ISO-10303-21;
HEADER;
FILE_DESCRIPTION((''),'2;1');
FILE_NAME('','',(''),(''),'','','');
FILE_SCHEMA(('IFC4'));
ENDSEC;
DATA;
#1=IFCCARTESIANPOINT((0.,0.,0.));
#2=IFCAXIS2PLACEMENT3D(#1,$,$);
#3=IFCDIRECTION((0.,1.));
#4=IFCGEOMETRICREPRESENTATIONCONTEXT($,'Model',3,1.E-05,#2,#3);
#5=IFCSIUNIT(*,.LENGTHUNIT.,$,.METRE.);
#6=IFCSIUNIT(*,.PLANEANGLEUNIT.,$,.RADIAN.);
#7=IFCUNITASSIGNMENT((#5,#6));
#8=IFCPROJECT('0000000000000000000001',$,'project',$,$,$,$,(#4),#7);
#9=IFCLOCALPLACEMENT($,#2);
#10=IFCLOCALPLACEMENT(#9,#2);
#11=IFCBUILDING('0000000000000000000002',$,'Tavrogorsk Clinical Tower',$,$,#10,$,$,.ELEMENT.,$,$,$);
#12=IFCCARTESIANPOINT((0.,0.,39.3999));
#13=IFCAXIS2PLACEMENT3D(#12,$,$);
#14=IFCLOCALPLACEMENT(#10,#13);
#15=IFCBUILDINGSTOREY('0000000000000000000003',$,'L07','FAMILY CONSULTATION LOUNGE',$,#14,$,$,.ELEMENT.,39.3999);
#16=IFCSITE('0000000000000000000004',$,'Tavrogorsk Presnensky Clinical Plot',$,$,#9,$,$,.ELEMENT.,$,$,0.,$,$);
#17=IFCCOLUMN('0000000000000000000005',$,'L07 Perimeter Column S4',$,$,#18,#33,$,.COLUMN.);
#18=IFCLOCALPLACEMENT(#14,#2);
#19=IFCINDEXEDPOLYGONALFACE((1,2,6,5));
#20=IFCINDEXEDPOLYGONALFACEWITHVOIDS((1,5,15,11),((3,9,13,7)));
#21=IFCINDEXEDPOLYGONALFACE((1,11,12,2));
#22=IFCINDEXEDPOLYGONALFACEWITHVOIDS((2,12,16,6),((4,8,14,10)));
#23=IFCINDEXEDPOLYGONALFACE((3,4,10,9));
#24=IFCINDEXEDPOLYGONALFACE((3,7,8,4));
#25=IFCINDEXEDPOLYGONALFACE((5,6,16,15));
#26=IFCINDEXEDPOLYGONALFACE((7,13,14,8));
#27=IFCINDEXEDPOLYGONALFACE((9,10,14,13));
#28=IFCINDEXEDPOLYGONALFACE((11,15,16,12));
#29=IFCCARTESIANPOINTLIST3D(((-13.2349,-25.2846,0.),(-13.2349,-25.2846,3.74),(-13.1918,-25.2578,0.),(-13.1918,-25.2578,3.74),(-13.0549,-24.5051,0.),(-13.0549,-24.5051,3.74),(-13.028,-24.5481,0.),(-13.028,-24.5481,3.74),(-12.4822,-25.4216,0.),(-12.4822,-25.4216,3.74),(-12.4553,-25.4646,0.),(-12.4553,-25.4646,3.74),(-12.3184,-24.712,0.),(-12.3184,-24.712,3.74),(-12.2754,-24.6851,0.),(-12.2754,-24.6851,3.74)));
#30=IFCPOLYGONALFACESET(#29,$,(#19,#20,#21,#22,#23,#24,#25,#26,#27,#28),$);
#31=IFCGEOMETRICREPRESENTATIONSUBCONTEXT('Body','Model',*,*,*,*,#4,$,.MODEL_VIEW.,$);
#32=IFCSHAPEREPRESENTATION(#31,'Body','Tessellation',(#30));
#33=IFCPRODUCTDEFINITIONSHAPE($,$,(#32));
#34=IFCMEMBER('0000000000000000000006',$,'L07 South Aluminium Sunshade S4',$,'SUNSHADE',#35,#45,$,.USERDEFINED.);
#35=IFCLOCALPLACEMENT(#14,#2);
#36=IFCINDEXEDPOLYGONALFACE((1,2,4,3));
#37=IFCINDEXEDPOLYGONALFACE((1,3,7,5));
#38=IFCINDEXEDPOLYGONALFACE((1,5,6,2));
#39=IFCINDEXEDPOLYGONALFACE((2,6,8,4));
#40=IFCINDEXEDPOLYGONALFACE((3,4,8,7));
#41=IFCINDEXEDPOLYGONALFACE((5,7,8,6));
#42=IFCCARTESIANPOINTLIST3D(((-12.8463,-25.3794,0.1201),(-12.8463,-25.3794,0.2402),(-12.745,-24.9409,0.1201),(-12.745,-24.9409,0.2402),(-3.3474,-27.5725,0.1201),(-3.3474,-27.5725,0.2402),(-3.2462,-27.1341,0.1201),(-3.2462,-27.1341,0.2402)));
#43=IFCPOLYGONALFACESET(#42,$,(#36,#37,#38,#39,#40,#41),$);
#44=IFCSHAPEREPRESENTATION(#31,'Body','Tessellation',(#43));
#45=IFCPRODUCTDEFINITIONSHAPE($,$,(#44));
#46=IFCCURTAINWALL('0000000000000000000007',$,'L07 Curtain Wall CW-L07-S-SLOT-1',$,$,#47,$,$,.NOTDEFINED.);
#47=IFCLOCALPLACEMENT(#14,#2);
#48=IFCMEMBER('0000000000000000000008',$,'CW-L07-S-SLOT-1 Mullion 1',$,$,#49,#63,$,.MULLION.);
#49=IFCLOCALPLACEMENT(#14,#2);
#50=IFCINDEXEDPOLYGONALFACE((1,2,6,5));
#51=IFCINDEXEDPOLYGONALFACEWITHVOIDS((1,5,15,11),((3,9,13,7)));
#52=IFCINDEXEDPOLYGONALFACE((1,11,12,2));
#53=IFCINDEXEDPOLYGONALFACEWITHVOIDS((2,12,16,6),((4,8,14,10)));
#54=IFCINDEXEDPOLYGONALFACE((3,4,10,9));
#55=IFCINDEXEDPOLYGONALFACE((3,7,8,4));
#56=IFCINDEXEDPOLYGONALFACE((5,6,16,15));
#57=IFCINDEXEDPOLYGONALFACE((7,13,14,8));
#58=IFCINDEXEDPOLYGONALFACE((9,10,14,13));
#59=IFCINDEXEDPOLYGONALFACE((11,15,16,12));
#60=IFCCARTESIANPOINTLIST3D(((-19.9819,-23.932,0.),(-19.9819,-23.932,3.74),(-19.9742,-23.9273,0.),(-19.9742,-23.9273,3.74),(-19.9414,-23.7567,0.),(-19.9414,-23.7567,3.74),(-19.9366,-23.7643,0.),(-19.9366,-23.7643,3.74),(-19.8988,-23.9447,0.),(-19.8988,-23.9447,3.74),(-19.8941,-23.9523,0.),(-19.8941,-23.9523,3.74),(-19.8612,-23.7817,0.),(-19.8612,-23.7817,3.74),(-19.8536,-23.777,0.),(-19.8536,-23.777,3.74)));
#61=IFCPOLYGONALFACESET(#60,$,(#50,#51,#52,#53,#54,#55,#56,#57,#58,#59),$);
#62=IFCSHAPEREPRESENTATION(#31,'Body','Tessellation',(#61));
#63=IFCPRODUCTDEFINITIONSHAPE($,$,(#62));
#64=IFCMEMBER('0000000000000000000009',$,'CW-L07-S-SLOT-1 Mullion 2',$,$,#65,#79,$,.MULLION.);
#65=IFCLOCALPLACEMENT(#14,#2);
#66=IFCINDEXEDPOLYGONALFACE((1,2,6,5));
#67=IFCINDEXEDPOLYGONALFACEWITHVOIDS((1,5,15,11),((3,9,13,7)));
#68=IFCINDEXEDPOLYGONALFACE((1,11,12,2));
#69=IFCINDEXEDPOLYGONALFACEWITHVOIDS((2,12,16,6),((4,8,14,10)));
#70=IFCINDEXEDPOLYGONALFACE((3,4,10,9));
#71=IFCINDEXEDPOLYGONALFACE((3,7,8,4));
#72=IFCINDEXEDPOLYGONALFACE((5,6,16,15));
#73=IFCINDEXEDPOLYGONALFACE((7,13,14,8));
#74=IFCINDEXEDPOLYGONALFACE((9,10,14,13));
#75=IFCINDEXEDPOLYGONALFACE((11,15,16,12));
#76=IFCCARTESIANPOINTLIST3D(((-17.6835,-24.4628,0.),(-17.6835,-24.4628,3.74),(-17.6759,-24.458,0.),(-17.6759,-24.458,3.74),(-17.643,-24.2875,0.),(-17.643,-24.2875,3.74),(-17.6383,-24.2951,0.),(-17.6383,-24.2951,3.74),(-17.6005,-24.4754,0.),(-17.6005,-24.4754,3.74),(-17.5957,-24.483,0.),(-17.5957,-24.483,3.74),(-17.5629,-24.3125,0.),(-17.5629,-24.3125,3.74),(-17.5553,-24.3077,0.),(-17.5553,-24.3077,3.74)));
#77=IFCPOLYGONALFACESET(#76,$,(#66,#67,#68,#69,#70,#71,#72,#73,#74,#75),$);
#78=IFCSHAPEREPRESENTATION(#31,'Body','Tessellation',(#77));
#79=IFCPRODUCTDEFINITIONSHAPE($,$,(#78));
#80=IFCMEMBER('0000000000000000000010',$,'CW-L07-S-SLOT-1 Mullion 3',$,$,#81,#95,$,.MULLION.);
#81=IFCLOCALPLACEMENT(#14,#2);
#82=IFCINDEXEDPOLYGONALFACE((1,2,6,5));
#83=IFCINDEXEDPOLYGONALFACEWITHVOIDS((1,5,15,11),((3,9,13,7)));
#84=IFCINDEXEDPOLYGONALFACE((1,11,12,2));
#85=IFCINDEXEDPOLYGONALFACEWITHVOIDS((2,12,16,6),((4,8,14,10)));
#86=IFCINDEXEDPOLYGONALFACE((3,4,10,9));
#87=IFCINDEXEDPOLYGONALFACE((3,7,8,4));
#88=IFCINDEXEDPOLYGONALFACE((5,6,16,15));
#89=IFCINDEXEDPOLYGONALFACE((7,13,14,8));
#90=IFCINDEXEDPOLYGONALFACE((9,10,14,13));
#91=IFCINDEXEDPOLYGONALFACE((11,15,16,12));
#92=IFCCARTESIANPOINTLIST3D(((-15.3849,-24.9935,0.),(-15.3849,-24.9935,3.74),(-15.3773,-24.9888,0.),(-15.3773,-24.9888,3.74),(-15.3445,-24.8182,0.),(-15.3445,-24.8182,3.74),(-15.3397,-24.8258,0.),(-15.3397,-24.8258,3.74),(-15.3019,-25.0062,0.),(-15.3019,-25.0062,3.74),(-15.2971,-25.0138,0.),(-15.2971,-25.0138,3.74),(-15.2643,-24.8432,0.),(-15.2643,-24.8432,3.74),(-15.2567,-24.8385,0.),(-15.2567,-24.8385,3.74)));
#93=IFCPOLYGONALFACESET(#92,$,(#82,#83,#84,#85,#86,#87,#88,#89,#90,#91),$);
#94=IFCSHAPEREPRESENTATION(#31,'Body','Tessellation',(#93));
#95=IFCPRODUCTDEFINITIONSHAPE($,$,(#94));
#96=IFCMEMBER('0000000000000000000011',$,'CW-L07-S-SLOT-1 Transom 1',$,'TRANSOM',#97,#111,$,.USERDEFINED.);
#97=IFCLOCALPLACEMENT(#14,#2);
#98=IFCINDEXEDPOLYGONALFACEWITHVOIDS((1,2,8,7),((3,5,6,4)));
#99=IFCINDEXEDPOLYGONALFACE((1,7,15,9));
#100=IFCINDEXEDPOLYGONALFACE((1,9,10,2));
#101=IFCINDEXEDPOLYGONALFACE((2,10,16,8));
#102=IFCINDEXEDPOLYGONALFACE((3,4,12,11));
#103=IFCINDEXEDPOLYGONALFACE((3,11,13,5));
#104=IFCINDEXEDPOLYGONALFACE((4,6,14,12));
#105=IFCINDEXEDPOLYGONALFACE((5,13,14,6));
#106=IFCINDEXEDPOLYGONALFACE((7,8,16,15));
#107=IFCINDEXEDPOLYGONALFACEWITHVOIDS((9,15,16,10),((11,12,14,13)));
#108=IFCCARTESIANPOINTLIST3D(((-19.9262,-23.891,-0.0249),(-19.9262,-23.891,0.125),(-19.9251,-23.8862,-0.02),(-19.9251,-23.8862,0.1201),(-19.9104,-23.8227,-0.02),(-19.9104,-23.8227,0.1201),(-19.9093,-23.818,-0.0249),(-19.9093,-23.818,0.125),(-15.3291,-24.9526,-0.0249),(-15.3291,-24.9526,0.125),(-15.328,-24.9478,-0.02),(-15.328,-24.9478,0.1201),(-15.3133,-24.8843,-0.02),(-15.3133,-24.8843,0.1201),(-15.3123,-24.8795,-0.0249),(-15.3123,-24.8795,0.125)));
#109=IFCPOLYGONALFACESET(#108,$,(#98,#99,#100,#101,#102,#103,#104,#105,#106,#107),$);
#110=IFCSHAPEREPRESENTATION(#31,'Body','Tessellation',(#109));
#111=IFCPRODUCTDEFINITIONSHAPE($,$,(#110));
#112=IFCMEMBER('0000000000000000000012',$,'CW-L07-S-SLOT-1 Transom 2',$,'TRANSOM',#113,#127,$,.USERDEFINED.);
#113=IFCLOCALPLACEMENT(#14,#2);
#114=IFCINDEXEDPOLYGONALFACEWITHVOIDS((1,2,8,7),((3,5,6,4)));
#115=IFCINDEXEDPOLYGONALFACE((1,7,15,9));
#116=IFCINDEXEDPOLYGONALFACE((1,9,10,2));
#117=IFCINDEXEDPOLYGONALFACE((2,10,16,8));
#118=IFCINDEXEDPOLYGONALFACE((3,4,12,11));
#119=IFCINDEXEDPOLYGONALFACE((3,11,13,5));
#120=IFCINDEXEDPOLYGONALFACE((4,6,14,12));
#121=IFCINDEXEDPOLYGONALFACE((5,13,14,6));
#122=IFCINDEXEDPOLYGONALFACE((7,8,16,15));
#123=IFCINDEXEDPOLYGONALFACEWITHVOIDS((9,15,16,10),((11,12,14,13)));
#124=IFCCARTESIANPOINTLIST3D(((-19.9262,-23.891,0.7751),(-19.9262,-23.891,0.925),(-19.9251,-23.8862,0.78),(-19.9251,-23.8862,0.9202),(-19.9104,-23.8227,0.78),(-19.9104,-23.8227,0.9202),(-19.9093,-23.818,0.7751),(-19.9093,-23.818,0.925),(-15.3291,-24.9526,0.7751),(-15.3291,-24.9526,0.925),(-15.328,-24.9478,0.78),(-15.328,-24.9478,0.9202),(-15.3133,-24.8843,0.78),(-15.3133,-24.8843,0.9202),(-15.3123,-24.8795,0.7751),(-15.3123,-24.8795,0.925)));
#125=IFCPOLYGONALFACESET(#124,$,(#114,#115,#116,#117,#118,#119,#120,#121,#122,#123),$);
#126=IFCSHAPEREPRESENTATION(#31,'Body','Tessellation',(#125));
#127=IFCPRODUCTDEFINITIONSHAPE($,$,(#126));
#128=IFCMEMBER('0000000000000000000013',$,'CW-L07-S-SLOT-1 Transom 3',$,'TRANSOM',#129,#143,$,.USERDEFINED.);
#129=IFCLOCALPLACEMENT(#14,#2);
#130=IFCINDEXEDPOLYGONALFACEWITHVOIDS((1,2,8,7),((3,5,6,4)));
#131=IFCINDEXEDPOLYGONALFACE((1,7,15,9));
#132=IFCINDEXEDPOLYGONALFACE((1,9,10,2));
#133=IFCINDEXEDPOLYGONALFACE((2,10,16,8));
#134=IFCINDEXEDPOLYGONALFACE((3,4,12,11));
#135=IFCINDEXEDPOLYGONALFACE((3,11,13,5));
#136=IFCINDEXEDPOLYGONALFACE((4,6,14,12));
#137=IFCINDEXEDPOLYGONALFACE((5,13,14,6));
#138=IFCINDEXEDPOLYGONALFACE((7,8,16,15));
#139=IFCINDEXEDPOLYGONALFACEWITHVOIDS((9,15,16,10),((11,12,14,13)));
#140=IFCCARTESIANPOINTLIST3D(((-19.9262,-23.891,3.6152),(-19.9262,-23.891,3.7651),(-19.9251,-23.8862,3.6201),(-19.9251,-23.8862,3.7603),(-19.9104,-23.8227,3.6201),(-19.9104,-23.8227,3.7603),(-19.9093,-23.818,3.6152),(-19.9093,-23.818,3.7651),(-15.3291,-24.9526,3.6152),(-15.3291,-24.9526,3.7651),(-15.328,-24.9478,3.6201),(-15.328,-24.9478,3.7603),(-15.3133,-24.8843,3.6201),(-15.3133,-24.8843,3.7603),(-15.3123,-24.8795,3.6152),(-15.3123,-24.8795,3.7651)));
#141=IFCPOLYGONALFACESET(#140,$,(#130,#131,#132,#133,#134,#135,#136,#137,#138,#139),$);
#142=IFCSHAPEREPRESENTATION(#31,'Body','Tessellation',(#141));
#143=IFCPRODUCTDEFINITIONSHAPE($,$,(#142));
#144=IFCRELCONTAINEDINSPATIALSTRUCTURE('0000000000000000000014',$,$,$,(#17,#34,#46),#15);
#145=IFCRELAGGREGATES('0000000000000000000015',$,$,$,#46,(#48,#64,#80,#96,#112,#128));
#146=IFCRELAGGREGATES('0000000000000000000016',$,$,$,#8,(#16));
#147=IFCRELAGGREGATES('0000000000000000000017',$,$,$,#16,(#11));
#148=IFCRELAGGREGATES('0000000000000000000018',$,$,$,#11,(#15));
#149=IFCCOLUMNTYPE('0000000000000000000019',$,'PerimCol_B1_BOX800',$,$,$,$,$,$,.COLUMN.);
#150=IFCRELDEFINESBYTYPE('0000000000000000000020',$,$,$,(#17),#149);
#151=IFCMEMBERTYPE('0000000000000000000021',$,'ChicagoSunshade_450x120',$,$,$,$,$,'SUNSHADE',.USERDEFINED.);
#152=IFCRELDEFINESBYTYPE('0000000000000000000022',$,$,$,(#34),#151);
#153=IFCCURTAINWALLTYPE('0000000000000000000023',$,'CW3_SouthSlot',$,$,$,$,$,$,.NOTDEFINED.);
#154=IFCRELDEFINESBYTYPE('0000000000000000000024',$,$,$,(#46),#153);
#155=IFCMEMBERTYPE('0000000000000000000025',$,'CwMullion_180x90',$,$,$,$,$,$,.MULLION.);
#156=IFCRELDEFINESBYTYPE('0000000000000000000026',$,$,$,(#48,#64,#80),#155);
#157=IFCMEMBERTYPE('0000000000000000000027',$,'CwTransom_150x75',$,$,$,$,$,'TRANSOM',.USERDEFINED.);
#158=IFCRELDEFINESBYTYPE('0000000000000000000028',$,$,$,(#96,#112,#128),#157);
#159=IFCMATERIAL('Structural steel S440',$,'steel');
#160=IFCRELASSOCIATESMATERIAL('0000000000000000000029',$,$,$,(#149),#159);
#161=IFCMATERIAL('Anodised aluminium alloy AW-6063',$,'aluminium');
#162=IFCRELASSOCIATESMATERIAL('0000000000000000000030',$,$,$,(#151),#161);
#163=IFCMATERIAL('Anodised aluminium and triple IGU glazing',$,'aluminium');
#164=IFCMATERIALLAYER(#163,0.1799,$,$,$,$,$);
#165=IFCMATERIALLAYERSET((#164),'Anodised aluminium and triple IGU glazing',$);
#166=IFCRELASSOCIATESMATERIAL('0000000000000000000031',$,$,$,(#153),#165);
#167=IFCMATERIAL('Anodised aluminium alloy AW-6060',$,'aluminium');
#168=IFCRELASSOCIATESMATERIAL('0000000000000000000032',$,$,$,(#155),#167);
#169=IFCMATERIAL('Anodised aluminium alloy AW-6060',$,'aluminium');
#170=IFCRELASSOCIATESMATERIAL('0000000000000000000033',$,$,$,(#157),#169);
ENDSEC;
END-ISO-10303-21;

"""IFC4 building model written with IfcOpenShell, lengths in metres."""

from ifc_helpers import new_model, si_unit, direction, frame, origin, origin_2d, place, context, subcontext, project, spatial, rectangle, hollow_rectangle, extrude, material, layer, layer_set, material_profile, profile_set, type_object, element, aggregate, save


model = new_model("IFC4")

# Units and contexts
model_context = context("Model", 3, precision=1e-05, world=origin(), true_north=direction((0.0, 1.0)))
body_context = subcontext(model_context, "Body", "Model", "MODEL_VIEW")
ifc_project = project(units=[si_unit("LENGTHUNIT", "METRE"), si_unit("PLANEANGLEUNIT", "RADIAN")], contexts=[model_context])

# Site, building, storey
site_placement = place(None, origin())
site = spatial("IfcSite", under=ifc_project, at=site_placement, Name="Tavrogorsk Presnensky Clinical Plot", CompositionType="ELEMENT", RefElevation=0.0)
building_placement = place(site_placement, origin())
building = spatial("IfcBuilding", under=site, at=building_placement, Name="Tavrogorsk Clinical Tower", CompositionType="ELEMENT")
storey_placement = place(building_placement, frame((0.0, 0.0, 39.3999)))
storey = spatial("IfcBuildingStorey", under=building, at=storey_placement, Name="L07", Description="FAMILY CONSULTATION LOUNGE", CompositionType="ELEMENT", Elevation=39.3999)

# Column
ifc_material_1 = material(Name="Structural steel S440", Category="steel")
ifc_material_profile_1 = material_profile(ifc_material_1, hollow_rectangle(XDim=0.8, YDim=0.8, WallThickness=0.0359, at=origin_2d()), Name="BOX-800x800x36")
ifc_profile_set_1 = profile_set([ifc_material_profile_1], Name="Structural steel S440")
column_type = type_object("IfcColumnType", Name="PerimCol_B1_BOX800", PredefinedType="COLUMN", material=ifc_profile_set_1)
column_placement = place(storey_placement, frame((-12.7551, -24.9849, 0.0), z_axis=(0.0, 0.0, 1.0), x_axis=(0.97437, -0.224951, 0.0)))
element("IfcColumn", 1, at=column_placement, inside=storey, type_object=column_type, Name="L07 Perimeter Column S4", PredefinedType="COLUMN", context=body_context, shape_type="SweptSolid", body=[
    extrude(hollow_rectangle(XDim=0.8, YDim=0.8, WallThickness=0.0359, at=origin_2d()), origin(), (0.0, 0.0, 1.0), 3.74),
])

# Member
ifc_material_2 = material(Name="Anodised aluminium alloy AW-6063", Category="aluminium")
ifc_material_profile_2 = material_profile(ifc_material_2, rectangle(XDim=0.45, YDim=0.1201, at=origin_2d()), Name="ALU-SUNSHADE-450x120")
ifc_profile_set_2 = profile_set([ifc_material_profile_2], Name="Anodised aluminium alloy AW-6063")
member_type_1 = type_object("IfcMemberType", Name="ChicagoSunshade_450x120", ElementType="SUNSHADE", PredefinedType="USERDEFINED", material=ifc_profile_set_2)
member_1_placement = place(storey_placement, frame((-12.7957, -25.1602, 0.1802), z_axis=(0.974367, -0.224966, 0.0), x_axis=(0.224966, 0.974367, 0.0)))
element("IfcMember", 2, at=member_1_placement, inside=storey, type_object=member_type_1, Name="L07 South Aluminium Sunshade S4", ObjectType="SUNSHADE", PredefinedType="USERDEFINED", context=body_context, shape_type="SweptSolid", body=[
    extrude(rectangle(XDim=0.45, YDim=0.1201, at=origin_2d()), origin(), (0.0, 0.0, 1.0), 9.7488),
])

# Curtain wall, members
ifc_material_3 = material(Name="Anodised aluminium and triple IGU glazing", Category="aluminium")
ifc_layer_1 = layer(ifc_material_3, 0.1799)
ifc_layer_set_1 = layer_set([ifc_layer_1], Name="Anodised aluminium and triple IGU glazing")
curtain_wall_type = type_object("IfcCurtainWallType", Name="CW3_SouthSlot", PredefinedType="NOTDEFINED", material=ifc_layer_set_1)
curtain_wall_placement = place(storey_placement, origin())
curtain_wall = element("IfcCurtainWall", 3, at=curtain_wall_placement, inside=storey, type_object=curtain_wall_type, Name="L07 Curtain Wall CW-L07-S-SLOT-1", PredefinedType="NOTDEFINED")
ifc_material_4 = material(Name="Anodised aluminium alloy AW-6060", Category="aluminium")
ifc_material_profile_3 = material_profile(ifc_material_4, hollow_rectangle(XDim=0.0901, YDim=0.1799, WallThickness=0.0063, at=origin_2d()), Name="RHS-180x90x6.3")
ifc_profile_set_3 = profile_set([ifc_material_profile_3], Name="Anodised aluminium alloy AW-6060")
member_type_2 = type_object("IfcMemberType", Name="CwMullion_180x90", PredefinedType="MULLION", material=ifc_profile_set_3)
member_2_placement = place(storey_placement, frame((-19.9177, -23.8545, 0.0), z_axis=(0.0, 0.0, 1.0), x_axis=(0.97437, -0.224951, 0.0)))
member_2 = element("IfcMember", 4, at=member_2_placement, type_object=member_type_2, Name="CW-L07-S-SLOT-1 Mullion 1", PredefinedType="MULLION", context=body_context, shape_type="SweptSolid", body=[
    extrude(hollow_rectangle(XDim=0.0901, YDim=0.1799, WallThickness=0.0063, at=origin_2d()), origin(), (0.0, 0.0, 1.0), 3.74),
])
member_3_placement = place(storey_placement, frame((-17.6194, -24.3853, 0.0), z_axis=(0.0, 0.0, 1.0), x_axis=(0.97437, -0.224951, 0.0)))
member_3 = element("IfcMember", 5, at=member_3_placement, type_object=member_type_2, Name="CW-L07-S-SLOT-1 Mullion 2", PredefinedType="MULLION", context=body_context, shape_type="SweptSolid", body=[
    extrude(hollow_rectangle(XDim=0.0901, YDim=0.1799, WallThickness=0.0063, at=origin_2d()), origin(), (0.0, 0.0, 1.0), 3.74),
])
member_4_placement = place(storey_placement, frame((-15.3208, -24.916, 0.0), z_axis=(0.0, 0.0, 1.0), x_axis=(0.97437, -0.224951, 0.0)))
member_4 = element("IfcMember", 6, at=member_4_placement, type_object=member_type_2, Name="CW-L07-S-SLOT-1 Mullion 3", PredefinedType="MULLION", context=body_context, shape_type="SweptSolid", body=[
    extrude(hollow_rectangle(XDim=0.0901, YDim=0.1799, WallThickness=0.0063, at=origin_2d()), origin(), (0.0, 0.0, 1.0), 3.74),
])
ifc_material_5 = material(Name="Anodised aluminium alloy AW-6060", Category="aluminium")
ifc_material_profile_4 = material_profile(ifc_material_5, hollow_rectangle(XDim=0.075, YDim=0.1499, WallThickness=0.0049, at=origin_2d()), Name="RHS-150x75x5")
ifc_profile_set_4 = profile_set([ifc_material_profile_4], Name="Anodised aluminium alloy AW-6060")
member_type_3 = type_object("IfcMemberType", Name="CwTransom_150x75", ElementType="TRANSOM", PredefinedType="USERDEFINED", material=ifc_profile_set_4)
member_5_placement = place(storey_placement, frame((-19.9177, -23.8545, 0.05), z_axis=(0.974359, -0.224999, 0.0), x_axis=(0.224999, 0.974359, 0.0)))
member_5 = element("IfcMember", 7, at=member_5_placement, type_object=member_type_3, Name="CW-L07-S-SLOT-1 Transom 1", ObjectType="TRANSOM", PredefinedType="USERDEFINED", context=body_context, shape_type="SweptSolid", body=[
    extrude(hollow_rectangle(XDim=0.075, YDim=0.1499, WallThickness=0.0049, at=origin_2d()), origin(), (0.0, 0.0, 1.0), 4.718),
])
member_6_placement = place(storey_placement, frame((-19.9177, -23.8545, 0.8501), z_axis=(0.974359, -0.224999, 0.0), x_axis=(0.224999, 0.974359, 0.0)))
member_6 = element("IfcMember", 8, at=member_6_placement, type_object=member_type_3, Name="CW-L07-S-SLOT-1 Transom 2", ObjectType="TRANSOM", PredefinedType="USERDEFINED", context=body_context, shape_type="SweptSolid", body=[
    extrude(hollow_rectangle(XDim=0.075, YDim=0.1499, WallThickness=0.0049, at=origin_2d()), origin(), (0.0, 0.0, 1.0), 4.718),
])
member_7_placement = place(storey_placement, frame((-19.9177, -23.8545, 3.6902), z_axis=(0.974359, -0.224999, 0.0), x_axis=(0.224999, 0.974359, 0.0)))
member_7 = element("IfcMember", 9, at=member_7_placement, type_object=member_type_3, Name="CW-L07-S-SLOT-1 Transom 3", ObjectType="TRANSOM", PredefinedType="USERDEFINED", context=body_context, shape_type="SweptSolid", body=[
    extrude(hollow_rectangle(XDim=0.075, YDim=0.1499, WallThickness=0.0049, at=origin_2d()), origin(), (0.0, 0.0, 1.0), 4.718),
])

aggregate(curtain_wall, [member_2, member_3, member_4, member_5, member_6, member_7])

save(model, "model.ifc")
